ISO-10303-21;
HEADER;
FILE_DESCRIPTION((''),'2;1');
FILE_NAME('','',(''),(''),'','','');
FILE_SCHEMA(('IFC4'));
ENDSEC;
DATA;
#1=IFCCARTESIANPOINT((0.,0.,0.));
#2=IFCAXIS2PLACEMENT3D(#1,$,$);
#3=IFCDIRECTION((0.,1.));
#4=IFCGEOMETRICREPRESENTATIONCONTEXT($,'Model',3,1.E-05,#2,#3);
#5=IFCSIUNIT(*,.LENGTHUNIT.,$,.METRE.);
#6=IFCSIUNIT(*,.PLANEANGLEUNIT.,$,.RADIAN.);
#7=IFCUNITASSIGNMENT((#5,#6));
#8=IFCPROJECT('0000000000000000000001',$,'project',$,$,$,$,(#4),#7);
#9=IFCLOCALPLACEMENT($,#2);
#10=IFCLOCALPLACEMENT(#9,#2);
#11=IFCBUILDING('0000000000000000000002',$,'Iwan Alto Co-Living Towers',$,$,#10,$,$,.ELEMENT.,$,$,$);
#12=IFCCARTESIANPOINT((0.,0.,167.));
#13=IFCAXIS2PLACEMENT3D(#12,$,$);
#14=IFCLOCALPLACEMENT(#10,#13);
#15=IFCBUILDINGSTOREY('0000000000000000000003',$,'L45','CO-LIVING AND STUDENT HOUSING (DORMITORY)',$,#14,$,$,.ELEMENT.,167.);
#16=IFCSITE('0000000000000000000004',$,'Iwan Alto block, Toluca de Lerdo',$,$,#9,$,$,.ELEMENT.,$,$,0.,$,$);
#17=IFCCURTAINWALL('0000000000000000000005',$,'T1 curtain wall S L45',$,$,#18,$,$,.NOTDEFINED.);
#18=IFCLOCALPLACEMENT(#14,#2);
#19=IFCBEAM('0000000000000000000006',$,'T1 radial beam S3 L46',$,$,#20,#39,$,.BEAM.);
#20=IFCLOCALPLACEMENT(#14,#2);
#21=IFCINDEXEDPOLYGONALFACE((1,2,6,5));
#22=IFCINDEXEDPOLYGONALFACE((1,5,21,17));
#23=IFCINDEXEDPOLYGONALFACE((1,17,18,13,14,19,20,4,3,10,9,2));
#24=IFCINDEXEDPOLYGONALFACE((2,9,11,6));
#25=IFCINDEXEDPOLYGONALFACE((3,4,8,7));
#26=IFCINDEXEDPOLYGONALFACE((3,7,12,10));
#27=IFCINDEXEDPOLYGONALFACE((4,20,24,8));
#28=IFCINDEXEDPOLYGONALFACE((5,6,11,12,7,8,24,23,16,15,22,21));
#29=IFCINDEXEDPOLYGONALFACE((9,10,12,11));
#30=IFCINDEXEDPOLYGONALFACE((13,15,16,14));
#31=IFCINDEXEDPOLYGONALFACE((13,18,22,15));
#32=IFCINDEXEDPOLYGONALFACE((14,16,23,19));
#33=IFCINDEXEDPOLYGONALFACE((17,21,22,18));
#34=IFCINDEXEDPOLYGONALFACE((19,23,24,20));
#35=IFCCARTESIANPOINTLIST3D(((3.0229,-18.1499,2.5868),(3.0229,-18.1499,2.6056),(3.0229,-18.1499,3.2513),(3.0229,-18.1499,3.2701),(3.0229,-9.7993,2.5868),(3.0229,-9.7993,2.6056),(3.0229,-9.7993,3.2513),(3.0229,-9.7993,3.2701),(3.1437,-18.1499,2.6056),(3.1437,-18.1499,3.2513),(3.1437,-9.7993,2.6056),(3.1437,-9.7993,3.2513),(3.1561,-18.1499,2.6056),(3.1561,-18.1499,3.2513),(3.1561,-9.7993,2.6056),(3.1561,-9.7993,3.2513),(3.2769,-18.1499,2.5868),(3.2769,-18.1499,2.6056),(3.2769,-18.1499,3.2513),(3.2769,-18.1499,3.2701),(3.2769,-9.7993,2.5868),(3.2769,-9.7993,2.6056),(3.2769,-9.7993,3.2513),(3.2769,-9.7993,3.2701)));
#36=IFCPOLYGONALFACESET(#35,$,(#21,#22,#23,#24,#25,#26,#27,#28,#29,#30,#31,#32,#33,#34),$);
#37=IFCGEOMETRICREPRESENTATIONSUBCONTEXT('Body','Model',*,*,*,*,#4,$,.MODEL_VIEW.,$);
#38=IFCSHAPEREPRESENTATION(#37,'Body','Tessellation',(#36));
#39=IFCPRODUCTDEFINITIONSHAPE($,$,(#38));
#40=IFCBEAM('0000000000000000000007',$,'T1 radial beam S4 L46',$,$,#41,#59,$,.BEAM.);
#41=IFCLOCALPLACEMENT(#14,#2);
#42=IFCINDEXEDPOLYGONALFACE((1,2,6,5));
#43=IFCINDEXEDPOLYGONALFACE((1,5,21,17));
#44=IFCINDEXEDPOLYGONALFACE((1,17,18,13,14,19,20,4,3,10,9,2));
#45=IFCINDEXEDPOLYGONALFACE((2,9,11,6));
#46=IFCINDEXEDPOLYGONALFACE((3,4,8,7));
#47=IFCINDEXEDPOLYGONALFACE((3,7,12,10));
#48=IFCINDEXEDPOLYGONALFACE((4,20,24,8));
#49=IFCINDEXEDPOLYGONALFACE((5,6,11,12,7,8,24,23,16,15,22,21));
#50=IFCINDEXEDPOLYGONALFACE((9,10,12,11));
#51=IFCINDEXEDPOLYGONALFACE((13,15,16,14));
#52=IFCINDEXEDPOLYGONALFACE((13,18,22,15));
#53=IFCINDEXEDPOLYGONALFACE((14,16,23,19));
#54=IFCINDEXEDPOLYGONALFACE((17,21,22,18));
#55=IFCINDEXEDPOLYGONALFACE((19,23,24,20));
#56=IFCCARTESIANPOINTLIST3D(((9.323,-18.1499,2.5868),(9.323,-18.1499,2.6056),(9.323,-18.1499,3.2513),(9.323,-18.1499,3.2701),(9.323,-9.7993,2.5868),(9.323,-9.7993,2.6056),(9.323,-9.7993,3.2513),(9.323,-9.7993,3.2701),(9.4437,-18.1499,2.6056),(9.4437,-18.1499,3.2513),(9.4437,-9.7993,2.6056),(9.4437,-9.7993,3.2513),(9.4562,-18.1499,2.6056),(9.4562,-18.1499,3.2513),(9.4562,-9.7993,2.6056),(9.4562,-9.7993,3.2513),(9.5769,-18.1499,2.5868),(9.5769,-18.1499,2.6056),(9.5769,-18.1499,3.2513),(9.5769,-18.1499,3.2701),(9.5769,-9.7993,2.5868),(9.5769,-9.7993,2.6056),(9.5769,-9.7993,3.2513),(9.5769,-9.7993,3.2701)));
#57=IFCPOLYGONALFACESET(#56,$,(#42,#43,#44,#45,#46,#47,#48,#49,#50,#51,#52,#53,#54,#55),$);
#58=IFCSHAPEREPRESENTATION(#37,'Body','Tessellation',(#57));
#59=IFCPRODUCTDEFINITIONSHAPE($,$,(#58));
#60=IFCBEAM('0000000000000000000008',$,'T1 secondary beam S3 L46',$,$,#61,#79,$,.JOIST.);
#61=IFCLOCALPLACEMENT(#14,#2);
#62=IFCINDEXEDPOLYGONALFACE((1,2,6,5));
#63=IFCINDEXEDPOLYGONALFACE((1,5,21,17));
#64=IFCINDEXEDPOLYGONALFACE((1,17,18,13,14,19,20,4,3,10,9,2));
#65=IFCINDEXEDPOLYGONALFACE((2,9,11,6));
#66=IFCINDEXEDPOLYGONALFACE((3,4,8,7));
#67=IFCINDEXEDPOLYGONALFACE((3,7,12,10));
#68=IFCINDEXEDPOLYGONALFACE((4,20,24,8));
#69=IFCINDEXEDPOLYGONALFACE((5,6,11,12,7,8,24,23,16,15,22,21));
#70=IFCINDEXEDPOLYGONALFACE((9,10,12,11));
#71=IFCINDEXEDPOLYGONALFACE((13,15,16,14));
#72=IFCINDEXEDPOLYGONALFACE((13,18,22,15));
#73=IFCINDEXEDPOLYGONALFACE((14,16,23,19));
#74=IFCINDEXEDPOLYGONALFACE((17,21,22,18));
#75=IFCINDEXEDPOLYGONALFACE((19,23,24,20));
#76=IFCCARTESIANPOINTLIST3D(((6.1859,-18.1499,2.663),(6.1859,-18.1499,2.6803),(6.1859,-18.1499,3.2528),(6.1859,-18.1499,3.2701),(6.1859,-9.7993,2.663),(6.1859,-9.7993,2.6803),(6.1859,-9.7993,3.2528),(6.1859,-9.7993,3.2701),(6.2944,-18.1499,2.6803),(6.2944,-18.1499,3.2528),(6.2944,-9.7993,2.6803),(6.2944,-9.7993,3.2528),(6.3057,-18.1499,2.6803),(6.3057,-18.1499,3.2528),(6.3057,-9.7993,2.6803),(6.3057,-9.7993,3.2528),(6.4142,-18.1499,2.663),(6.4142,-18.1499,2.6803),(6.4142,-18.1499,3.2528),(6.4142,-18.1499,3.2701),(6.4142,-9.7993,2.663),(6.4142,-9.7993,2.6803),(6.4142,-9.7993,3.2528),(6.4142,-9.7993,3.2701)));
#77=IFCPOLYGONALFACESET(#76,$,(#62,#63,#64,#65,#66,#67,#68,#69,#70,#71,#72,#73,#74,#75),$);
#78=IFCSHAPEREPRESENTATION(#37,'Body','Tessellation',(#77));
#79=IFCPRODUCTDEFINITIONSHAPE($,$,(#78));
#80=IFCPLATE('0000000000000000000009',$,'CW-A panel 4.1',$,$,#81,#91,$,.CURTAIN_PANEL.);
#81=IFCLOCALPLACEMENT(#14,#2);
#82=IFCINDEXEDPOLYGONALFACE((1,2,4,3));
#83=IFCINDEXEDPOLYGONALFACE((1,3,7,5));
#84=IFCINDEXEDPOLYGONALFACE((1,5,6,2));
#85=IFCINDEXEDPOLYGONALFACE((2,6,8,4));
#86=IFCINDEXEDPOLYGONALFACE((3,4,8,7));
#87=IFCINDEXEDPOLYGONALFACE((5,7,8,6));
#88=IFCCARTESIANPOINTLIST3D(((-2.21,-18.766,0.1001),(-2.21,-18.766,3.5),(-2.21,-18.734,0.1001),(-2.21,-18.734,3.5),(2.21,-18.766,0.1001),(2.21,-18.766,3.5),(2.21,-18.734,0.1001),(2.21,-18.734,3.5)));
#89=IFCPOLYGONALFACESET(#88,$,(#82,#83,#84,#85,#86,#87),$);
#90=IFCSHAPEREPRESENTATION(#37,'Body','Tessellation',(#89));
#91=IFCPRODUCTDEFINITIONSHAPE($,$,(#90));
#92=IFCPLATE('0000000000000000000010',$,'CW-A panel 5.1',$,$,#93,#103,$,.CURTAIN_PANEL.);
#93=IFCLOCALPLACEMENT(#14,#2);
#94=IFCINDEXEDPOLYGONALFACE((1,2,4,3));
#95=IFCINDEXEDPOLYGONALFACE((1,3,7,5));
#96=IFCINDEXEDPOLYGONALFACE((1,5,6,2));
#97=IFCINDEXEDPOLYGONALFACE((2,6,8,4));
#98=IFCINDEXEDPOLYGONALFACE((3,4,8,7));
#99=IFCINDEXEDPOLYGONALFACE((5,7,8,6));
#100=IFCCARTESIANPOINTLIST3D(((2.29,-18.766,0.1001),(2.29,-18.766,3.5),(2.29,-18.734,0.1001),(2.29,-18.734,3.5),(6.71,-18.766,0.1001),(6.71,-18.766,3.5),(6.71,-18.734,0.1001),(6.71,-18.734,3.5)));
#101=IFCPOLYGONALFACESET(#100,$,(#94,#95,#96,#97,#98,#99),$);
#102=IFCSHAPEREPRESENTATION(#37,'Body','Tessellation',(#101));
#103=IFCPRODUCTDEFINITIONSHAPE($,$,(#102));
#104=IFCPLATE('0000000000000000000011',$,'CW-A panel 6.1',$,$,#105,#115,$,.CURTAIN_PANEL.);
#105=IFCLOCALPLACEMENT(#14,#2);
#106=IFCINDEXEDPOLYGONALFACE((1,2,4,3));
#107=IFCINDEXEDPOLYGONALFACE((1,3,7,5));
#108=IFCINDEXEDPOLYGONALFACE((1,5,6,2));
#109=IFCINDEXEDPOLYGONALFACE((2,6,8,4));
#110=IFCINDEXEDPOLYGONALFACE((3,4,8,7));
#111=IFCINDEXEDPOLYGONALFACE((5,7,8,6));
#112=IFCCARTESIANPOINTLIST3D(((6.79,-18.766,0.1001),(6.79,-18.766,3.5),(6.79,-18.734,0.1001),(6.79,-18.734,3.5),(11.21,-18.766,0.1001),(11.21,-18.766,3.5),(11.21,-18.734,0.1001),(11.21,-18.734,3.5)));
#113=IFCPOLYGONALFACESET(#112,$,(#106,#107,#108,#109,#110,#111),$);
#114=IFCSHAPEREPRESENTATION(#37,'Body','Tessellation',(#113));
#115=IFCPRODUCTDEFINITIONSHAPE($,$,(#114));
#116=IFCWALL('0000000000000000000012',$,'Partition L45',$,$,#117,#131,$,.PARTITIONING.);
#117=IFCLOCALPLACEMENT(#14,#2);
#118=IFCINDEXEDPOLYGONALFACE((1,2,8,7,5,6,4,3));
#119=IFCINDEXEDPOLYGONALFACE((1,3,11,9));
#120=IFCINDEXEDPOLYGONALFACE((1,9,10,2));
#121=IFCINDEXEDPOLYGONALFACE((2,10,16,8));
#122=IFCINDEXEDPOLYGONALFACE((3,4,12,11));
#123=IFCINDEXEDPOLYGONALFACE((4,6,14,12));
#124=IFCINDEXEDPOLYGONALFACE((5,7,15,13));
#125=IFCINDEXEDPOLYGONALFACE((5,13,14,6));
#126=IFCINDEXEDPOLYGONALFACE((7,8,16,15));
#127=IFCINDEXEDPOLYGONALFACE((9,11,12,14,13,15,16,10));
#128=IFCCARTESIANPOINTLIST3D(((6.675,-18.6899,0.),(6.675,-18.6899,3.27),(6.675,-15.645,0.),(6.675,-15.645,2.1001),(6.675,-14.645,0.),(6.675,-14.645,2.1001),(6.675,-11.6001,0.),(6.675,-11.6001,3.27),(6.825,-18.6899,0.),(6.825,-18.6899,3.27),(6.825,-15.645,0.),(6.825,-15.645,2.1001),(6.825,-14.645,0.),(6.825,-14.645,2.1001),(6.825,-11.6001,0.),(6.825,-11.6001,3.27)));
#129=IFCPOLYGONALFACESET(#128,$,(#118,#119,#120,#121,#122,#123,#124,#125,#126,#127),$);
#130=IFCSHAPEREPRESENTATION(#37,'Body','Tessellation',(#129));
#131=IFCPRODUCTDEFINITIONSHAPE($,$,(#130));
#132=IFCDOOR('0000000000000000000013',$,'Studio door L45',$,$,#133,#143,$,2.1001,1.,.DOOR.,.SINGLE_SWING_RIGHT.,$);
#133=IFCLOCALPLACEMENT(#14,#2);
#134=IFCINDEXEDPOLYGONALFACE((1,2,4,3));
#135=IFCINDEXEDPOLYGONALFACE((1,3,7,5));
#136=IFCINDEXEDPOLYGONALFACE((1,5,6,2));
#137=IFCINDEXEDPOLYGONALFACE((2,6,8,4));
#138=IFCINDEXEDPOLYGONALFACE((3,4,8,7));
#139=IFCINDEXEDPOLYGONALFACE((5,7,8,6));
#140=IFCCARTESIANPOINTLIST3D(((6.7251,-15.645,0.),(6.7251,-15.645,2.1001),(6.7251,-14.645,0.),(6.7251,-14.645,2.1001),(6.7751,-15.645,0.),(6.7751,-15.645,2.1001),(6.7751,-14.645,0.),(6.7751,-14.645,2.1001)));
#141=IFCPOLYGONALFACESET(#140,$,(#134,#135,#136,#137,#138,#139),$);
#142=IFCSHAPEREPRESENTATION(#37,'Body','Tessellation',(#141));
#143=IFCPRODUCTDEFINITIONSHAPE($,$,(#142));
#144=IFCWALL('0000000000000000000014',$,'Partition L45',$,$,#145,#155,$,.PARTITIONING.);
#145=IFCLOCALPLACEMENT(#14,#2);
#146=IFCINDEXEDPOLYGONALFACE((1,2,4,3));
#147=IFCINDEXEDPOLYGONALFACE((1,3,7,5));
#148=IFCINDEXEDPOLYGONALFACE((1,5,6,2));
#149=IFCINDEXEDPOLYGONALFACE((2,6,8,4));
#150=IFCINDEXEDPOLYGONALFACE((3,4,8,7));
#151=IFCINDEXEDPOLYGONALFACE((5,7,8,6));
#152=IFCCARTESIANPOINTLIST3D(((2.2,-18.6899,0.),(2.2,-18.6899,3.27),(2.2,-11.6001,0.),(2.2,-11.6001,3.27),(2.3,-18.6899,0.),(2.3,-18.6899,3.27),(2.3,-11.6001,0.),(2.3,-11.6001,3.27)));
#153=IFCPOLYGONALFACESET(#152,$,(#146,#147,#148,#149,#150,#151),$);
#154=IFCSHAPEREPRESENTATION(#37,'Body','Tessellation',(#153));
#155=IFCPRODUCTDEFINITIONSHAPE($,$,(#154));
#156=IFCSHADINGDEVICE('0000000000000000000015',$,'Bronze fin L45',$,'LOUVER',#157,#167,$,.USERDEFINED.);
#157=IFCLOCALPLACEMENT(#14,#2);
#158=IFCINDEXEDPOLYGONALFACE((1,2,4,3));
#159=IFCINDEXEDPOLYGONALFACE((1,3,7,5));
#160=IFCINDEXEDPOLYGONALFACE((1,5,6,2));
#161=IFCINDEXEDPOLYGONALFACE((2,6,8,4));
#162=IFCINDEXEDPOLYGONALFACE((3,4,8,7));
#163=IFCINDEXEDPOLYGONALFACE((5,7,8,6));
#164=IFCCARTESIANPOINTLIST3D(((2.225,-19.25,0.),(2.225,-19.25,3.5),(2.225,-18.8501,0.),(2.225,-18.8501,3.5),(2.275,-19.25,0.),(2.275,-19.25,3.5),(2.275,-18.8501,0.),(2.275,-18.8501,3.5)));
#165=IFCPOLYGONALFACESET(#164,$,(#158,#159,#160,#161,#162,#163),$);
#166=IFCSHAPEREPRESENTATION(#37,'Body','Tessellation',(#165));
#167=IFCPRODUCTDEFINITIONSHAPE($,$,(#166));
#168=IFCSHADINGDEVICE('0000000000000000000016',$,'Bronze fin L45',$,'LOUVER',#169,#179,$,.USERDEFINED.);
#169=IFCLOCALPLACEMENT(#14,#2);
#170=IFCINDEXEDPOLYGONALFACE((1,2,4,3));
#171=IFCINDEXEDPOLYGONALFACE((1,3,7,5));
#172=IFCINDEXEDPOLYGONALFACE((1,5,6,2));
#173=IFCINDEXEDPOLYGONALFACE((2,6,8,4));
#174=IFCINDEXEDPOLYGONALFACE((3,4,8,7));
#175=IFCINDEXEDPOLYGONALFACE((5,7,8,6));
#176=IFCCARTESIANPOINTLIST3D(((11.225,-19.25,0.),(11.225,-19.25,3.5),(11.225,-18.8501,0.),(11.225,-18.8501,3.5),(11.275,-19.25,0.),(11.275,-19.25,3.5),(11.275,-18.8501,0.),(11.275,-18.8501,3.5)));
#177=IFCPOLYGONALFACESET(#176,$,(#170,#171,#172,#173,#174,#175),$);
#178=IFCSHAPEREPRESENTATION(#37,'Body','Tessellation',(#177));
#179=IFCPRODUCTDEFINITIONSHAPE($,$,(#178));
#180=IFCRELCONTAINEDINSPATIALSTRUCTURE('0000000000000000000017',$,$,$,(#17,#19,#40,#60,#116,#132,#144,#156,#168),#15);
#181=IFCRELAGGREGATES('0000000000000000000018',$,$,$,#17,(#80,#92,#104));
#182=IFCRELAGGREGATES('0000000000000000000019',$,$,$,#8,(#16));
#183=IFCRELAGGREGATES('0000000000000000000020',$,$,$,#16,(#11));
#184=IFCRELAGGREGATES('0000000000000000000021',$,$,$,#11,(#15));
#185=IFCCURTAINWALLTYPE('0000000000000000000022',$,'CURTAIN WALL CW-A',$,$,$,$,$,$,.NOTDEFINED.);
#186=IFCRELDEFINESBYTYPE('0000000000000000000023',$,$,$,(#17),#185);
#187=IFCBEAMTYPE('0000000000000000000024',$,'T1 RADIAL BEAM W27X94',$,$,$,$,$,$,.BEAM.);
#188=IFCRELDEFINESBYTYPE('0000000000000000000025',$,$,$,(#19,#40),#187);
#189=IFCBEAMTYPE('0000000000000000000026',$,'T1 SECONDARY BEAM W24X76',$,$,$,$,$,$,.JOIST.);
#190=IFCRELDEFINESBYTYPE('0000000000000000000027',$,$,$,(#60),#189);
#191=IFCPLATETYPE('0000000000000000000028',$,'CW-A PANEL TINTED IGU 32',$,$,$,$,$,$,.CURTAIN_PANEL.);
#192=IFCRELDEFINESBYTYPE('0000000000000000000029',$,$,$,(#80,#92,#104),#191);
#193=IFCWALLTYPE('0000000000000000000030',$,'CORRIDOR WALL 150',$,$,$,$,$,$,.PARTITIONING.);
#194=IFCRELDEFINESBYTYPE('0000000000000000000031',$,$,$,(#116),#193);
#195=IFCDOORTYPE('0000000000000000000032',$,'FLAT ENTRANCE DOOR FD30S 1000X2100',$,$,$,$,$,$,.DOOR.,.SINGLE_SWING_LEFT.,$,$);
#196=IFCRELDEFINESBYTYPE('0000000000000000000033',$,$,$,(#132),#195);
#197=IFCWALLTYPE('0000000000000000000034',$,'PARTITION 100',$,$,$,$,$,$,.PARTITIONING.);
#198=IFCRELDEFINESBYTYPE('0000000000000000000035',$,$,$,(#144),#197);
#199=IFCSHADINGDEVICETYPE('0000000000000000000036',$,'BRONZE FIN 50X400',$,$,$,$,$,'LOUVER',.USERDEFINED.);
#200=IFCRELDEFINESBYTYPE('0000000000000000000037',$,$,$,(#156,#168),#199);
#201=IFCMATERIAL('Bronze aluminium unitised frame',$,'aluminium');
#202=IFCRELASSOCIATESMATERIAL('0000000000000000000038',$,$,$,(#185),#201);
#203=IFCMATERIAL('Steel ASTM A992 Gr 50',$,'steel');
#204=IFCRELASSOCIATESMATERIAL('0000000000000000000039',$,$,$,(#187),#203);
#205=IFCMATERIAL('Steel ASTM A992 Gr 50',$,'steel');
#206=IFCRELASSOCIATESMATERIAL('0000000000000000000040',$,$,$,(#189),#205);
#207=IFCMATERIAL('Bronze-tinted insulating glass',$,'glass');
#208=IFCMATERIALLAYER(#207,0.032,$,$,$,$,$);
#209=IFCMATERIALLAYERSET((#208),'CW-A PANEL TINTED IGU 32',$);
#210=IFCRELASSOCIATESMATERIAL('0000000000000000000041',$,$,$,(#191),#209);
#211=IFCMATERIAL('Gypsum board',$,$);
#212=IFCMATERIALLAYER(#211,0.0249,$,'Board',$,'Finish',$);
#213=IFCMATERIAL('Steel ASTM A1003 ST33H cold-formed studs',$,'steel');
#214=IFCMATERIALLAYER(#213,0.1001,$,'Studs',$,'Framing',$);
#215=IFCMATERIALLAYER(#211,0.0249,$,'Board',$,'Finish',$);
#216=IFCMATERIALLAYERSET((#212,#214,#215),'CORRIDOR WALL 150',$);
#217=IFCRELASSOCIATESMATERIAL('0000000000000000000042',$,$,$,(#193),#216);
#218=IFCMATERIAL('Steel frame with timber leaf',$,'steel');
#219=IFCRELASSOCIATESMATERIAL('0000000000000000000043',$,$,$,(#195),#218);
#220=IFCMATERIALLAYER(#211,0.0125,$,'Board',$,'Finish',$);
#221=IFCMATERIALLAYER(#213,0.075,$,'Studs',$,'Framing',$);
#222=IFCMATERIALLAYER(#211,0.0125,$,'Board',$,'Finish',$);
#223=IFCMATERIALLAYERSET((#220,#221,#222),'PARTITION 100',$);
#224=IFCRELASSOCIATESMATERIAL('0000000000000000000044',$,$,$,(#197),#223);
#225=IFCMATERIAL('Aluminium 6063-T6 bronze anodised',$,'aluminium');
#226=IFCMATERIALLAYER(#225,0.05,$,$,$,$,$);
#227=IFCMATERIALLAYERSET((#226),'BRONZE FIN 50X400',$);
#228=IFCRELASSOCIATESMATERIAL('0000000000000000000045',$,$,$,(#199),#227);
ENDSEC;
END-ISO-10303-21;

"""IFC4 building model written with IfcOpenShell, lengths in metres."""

from ifc_helpers import new_model, si_unit, direction, frame, frame_2d, origin, origin_2d, place, context, subcontext, project, spatial, rectangle, i_section, extrude, material, layer, layer_set, material_profile, profile_set, type_object, element, fill, aggregate, save


model = new_model("IFC4")

# Units and contexts
model_context = context("Model", 3, precision=1e-05, world=origin(), true_north=direction((0.0, 1.0)))
body_context = subcontext(model_context, "Body", "Model", "MODEL_VIEW")
ifc_project = project(units=[si_unit("LENGTHUNIT", "METRE"), si_unit("PLANEANGLEUNIT", "RADIAN")], contexts=[model_context])

# Site, building, storey
site_placement = place(None, origin())
site = spatial("IfcSite", under=ifc_project, at=site_placement, Name="Iwan Alto block, Toluca de Lerdo", CompositionType="ELEMENT", RefElevation=0.0)
building_placement = place(site_placement, origin())
building = spatial("IfcBuilding", under=site, at=building_placement, Name="Iwan Alto Co-Living Towers", CompositionType="ELEMENT")
storey_placement = place(building_placement, frame((0.0, 0.0, 167.0)))
storey = spatial("IfcBuildingStorey", under=building, at=storey_placement, Name="L45", Description="CO-LIVING AND STUDENT HOUSING (DORMITORY)", CompositionType="ELEMENT", Elevation=167.0)

# Curtain wall
ifc_material_1 = material(Name="Bronze aluminium unitised frame", Category="aluminium")
curtain_wall_type = type_object("IfcCurtainWallType", Name="CURTAIN WALL CW-A", PredefinedType="NOTDEFINED", material=ifc_material_1)
curtain_wall_placement = place(storey_placement, origin())
curtain_wall = element("IfcCurtainWall", 1, at=curtain_wall_placement, inside=storey, type_object=curtain_wall_type, Name="T1 curtain wall S L45", PredefinedType="NOTDEFINED")

# Beams
ifc_material_2 = material(Name="Steel ASTM A992 Gr 50", Category="steel")
ifc_material_profile_1 = material_profile(ifc_material_2, i_section(OverallWidth=0.2539, OverallDepth=0.6833, WebThickness=0.0125, FlangeThickness=0.0188, at=origin_2d()), Name="W27X94")
ifc_profile_set_1 = profile_set([ifc_material_profile_1], Name="Steel ASTM A992 Gr 50")
beam_type_1 = type_object("IfcBeamType", Name="T1 RADIAL BEAM W27X94", PredefinedType="BEAM", material=ifc_profile_set_1)
for number, where, z_axis, x_axis, name in (
    (2, (3.1499, -18.1499, 2.9285), (0.0, 1.0, 0.0), (-1.0, 0.0, 0.0), "T1 radial beam S3 L46"),
    (3, (9.45, -18.1499, 2.9285), (0.0, 1.0, 0.0), (-1.0, 0.0, 0.0), "T1 radial beam S4 L46"),
):
    element("IfcBeam", number, at=place(storey_placement, frame(where, z_axis=z_axis, x_axis=x_axis)), inside=storey, type_object=beam_type_1, Name=name, PredefinedType="BEAM", context=body_context, shape_type="SweptSolid", body=[
        extrude(i_section(OverallWidth=0.2539, OverallDepth=0.6833, WebThickness=0.0125, FlangeThickness=0.0188, at=origin_2d()), origin(), (0.0, 0.0, 1.0), 8.3506),
    ])
ifc_material_3 = material(Name="Steel ASTM A992 Gr 50", Category="steel")
ifc_material_profile_2 = material_profile(ifc_material_3, i_section(OverallWidth=0.2283, OverallDepth=0.6072, WebThickness=0.0112, FlangeThickness=0.0173, at=origin_2d()), Name="W24X76")
ifc_profile_set_2 = profile_set([ifc_material_profile_2], Name="Steel ASTM A992 Gr 50")
beam_type_2 = type_object("IfcBeamType", Name="T1 SECONDARY BEAM W24X76", PredefinedType="JOIST", material=ifc_profile_set_2)
beam_1_placement = place(storey_placement, frame((6.3, -18.1499, 2.9666), z_axis=(0.0, 1.0, 0.0), x_axis=(-1.0, 0.0, 0.0)))
element("IfcBeam", 4, at=beam_1_placement, inside=storey, type_object=beam_type_2, Name="T1 secondary beam S3 L46", PredefinedType="JOIST", context=body_context, shape_type="SweptSolid", body=[
    extrude(i_section(OverallWidth=0.2283, OverallDepth=0.6072, WebThickness=0.0112, FlangeThickness=0.0173, at=origin_2d()), origin(), (0.0, 0.0, 1.0), 8.3506),
])

# Plates
ifc_material_4 = material(Name="Bronze-tinted insulating glass", Category="glass")
ifc_layer_1 = layer(ifc_material_4, 0.032)
ifc_layer_set_1 = layer_set([ifc_layer_1], Name="CW-A PANEL TINTED IGU 32")
plate_type = type_object("IfcPlateType", Name="CW-A PANEL TINTED IGU 32", PredefinedType="CURTAIN_PANEL", material=ifc_layer_set_1)
plate_1_placement = place(storey_placement, frame((0.0, -18.75, 0.1001), z_axis=(0.0, 0.0, 1.0), x_axis=(1.0, 0.0, 0.0)))
plate_1 = element("IfcPlate", 5, at=plate_1_placement, type_object=plate_type, Name="CW-A panel 4.1", PredefinedType="CURTAIN_PANEL", context=body_context, shape_type="SweptSolid", body=[
    extrude(rectangle(XDim=4.4199, YDim=0.032, at=origin_2d()), origin(), (0.0, 0.0, 1.0), 3.3999),
])
plate_2_placement = place(storey_placement, frame((4.5, -18.75, 0.1001), z_axis=(0.0, 0.0, 1.0), x_axis=(1.0, 0.0, 0.0)))
plate_2 = element("IfcPlate", 6, at=plate_2_placement, type_object=plate_type, Name="CW-A panel 5.1", PredefinedType="CURTAIN_PANEL", context=body_context, shape_type="SweptSolid", body=[
    extrude(rectangle(XDim=4.4199, YDim=0.032, at=origin_2d()), origin(), (0.0, 0.0, 1.0), 3.3999),
])
plate_3_placement = place(storey_placement, frame((9.0, -18.75, 0.1001), z_axis=(0.0, 0.0, 1.0), x_axis=(1.0, 0.0, 0.0)))
plate_3 = element("IfcPlate", 7, at=plate_3_placement, type_object=plate_type, Name="CW-A panel 6.1", PredefinedType="CURTAIN_PANEL", context=body_context, shape_type="SweptSolid", body=[
    extrude(rectangle(XDim=4.4199, YDim=0.032, at=origin_2d()), origin(), (0.0, 0.0, 1.0), 3.3999),
])
aggregate(curtain_wall, [plate_1, plate_2, plate_3])

# Wall, opening, door
ifc_material_5 = material(Name="Gypsum board")
ifc_layer_2 = layer(ifc_material_5, 0.0249, Name="Board", Category="Finish")
ifc_material_6 = material(Name="Steel ASTM A1003 ST33H cold-formed studs", Category="steel")
ifc_layer_3 = layer(ifc_material_6, 0.1001, Name="Studs", Category="Framing")
ifc_layer_4 = layer(ifc_material_5, 0.0249, Name="Board", Category="Finish")
ifc_layer_set_2 = layer_set([ifc_layer_2, ifc_layer_3, ifc_layer_4], Name="CORRIDOR WALL 150")
wall_type_1 = type_object("IfcWallType", Name="CORRIDOR WALL 150", PredefinedType="PARTITIONING", material=ifc_layer_set_2)
wall_1_placement = place(storey_placement, frame((6.75, -18.6899, 0.0), z_axis=(0.0, 0.0, 1.0), x_axis=(0.0, 1.0, 0.0)))
wall_1 = element("IfcWall", 8, at=wall_1_placement, inside=storey, type_object=wall_type_1, Name="Partition L45", PredefinedType="PARTITIONING", context=body_context, shape_type="SweptSolid", body=[
    extrude(rectangle(XDim=7.0898, YDim=0.1499, at=frame_2d((3.5449, 0.0))), origin(), (0.0, 0.0, 1.0), 3.27),
])
opening_placement = place(wall_1_placement, frame((3.0449, 0.0, 0.0)))
opening = element("IfcOpeningElement", 9, at=opening_placement, cuts=wall_1, PredefinedType="OPENING", context=body_context, shape_type="SweptSolid", body=[
    extrude(rectangle(XDim=1.0, YDim=2.1001, at=frame_2d((0.5, 1.05))), frame((0.0, 0.085, 0.0), z_axis=(0.0, -1.0, 0.0), x_axis=(1.0, 0.0, 0.0)), (0.0, 0.0, 1.0), 0.1699),
])
ifc_material_7 = material(Name="Steel frame with timber leaf", Category="steel")
door_type = type_object("IfcDoorType", Name="FLAT ENTRANCE DOOR FD30S 1000X2100", OperationType="SINGLE_SWING_LEFT", PredefinedType="DOOR", material=ifc_material_7)
door_placement = place(opening_placement, origin())
door = element("IfcDoor", 10, at=door_placement, inside=storey, type_object=door_type, Name="Studio door L45", OperationType="SINGLE_SWING_RIGHT", OverallHeight=2.1001, OverallWidth=1.0, PredefinedType="DOOR", context=body_context, shape_type="SweptSolid", body=[
    extrude(rectangle(XDim=1.0, YDim=2.1001, at=frame_2d((0.5, 1.05))), frame((0.0, 0.0249, 0.0), z_axis=(0.0, -1.0, 0.0), x_axis=(1.0, 0.0, 0.0)), (0.0, 0.0, 1.0), 0.05),
])
fill(opening, door)

# Wall
ifc_layer_5 = layer(ifc_material_5, 0.0125, Name="Board", Category="Finish")
ifc_layer_6 = layer(ifc_material_6, 0.075, Name="Studs", Category="Framing")
ifc_layer_7 = layer(ifc_material_5, 0.0125, Name="Board", Category="Finish")
ifc_layer_set_3 = layer_set([ifc_layer_5, ifc_layer_6, ifc_layer_7], Name="PARTITION 100")
wall_type_2 = type_object("IfcWallType", Name="PARTITION 100", PredefinedType="PARTITIONING", material=ifc_layer_set_3)
wall_2_placement = place(storey_placement, frame((2.25, -18.6899, 0.0), z_axis=(0.0, 0.0, 1.0), x_axis=(0.0, 1.0, 0.0)))
element("IfcWall", 11, at=wall_2_placement, inside=storey, type_object=wall_type_2, Name="Partition L45", PredefinedType="PARTITIONING", context=body_context, shape_type="SweptSolid", body=[
    extrude(rectangle(XDim=7.0898, YDim=0.1001, at=frame_2d((3.5449, 0.0))), origin(), (0.0, 0.0, 1.0), 3.27),
])

# Shading devices
ifc_material_8 = material(Name="Aluminium 6063-T6 bronze anodised", Category="aluminium")
ifc_layer_8 = layer(ifc_material_8, 0.05)
ifc_layer_set_4 = layer_set([ifc_layer_8], Name="BRONZE FIN 50X400")
shading_device_type = type_object("IfcShadingDeviceType", Name="BRONZE FIN 50X400", ElementType="LOUVER", PredefinedType="USERDEFINED", material=ifc_layer_set_4)
for number, where, z_axis, x_axis, name in (
    (12, (2.25, -19.05, 0.0), (0.0, 0.0, 1.0), (1.0, 0.0, 0.0), "Bronze fin L45"),
    (13, (11.25, -19.05, 0.0), (0.0, 0.0, 1.0), (1.0, 0.0, 0.0), "Bronze fin L45"),
):
    element("IfcShadingDevice", number, at=place(storey_placement, frame(where, z_axis=z_axis, x_axis=x_axis)), inside=storey, type_object=shading_device_type, Name=name, ObjectType="LOUVER", PredefinedType="USERDEFINED", context=body_context, shape_type="SweptSolid", body=[
        extrude(rectangle(XDim=0.05, YDim=0.3999, at=origin_2d()), origin(), (0.0, 0.0, 1.0), 3.5),
    ])

save(model, "model.ifc")
